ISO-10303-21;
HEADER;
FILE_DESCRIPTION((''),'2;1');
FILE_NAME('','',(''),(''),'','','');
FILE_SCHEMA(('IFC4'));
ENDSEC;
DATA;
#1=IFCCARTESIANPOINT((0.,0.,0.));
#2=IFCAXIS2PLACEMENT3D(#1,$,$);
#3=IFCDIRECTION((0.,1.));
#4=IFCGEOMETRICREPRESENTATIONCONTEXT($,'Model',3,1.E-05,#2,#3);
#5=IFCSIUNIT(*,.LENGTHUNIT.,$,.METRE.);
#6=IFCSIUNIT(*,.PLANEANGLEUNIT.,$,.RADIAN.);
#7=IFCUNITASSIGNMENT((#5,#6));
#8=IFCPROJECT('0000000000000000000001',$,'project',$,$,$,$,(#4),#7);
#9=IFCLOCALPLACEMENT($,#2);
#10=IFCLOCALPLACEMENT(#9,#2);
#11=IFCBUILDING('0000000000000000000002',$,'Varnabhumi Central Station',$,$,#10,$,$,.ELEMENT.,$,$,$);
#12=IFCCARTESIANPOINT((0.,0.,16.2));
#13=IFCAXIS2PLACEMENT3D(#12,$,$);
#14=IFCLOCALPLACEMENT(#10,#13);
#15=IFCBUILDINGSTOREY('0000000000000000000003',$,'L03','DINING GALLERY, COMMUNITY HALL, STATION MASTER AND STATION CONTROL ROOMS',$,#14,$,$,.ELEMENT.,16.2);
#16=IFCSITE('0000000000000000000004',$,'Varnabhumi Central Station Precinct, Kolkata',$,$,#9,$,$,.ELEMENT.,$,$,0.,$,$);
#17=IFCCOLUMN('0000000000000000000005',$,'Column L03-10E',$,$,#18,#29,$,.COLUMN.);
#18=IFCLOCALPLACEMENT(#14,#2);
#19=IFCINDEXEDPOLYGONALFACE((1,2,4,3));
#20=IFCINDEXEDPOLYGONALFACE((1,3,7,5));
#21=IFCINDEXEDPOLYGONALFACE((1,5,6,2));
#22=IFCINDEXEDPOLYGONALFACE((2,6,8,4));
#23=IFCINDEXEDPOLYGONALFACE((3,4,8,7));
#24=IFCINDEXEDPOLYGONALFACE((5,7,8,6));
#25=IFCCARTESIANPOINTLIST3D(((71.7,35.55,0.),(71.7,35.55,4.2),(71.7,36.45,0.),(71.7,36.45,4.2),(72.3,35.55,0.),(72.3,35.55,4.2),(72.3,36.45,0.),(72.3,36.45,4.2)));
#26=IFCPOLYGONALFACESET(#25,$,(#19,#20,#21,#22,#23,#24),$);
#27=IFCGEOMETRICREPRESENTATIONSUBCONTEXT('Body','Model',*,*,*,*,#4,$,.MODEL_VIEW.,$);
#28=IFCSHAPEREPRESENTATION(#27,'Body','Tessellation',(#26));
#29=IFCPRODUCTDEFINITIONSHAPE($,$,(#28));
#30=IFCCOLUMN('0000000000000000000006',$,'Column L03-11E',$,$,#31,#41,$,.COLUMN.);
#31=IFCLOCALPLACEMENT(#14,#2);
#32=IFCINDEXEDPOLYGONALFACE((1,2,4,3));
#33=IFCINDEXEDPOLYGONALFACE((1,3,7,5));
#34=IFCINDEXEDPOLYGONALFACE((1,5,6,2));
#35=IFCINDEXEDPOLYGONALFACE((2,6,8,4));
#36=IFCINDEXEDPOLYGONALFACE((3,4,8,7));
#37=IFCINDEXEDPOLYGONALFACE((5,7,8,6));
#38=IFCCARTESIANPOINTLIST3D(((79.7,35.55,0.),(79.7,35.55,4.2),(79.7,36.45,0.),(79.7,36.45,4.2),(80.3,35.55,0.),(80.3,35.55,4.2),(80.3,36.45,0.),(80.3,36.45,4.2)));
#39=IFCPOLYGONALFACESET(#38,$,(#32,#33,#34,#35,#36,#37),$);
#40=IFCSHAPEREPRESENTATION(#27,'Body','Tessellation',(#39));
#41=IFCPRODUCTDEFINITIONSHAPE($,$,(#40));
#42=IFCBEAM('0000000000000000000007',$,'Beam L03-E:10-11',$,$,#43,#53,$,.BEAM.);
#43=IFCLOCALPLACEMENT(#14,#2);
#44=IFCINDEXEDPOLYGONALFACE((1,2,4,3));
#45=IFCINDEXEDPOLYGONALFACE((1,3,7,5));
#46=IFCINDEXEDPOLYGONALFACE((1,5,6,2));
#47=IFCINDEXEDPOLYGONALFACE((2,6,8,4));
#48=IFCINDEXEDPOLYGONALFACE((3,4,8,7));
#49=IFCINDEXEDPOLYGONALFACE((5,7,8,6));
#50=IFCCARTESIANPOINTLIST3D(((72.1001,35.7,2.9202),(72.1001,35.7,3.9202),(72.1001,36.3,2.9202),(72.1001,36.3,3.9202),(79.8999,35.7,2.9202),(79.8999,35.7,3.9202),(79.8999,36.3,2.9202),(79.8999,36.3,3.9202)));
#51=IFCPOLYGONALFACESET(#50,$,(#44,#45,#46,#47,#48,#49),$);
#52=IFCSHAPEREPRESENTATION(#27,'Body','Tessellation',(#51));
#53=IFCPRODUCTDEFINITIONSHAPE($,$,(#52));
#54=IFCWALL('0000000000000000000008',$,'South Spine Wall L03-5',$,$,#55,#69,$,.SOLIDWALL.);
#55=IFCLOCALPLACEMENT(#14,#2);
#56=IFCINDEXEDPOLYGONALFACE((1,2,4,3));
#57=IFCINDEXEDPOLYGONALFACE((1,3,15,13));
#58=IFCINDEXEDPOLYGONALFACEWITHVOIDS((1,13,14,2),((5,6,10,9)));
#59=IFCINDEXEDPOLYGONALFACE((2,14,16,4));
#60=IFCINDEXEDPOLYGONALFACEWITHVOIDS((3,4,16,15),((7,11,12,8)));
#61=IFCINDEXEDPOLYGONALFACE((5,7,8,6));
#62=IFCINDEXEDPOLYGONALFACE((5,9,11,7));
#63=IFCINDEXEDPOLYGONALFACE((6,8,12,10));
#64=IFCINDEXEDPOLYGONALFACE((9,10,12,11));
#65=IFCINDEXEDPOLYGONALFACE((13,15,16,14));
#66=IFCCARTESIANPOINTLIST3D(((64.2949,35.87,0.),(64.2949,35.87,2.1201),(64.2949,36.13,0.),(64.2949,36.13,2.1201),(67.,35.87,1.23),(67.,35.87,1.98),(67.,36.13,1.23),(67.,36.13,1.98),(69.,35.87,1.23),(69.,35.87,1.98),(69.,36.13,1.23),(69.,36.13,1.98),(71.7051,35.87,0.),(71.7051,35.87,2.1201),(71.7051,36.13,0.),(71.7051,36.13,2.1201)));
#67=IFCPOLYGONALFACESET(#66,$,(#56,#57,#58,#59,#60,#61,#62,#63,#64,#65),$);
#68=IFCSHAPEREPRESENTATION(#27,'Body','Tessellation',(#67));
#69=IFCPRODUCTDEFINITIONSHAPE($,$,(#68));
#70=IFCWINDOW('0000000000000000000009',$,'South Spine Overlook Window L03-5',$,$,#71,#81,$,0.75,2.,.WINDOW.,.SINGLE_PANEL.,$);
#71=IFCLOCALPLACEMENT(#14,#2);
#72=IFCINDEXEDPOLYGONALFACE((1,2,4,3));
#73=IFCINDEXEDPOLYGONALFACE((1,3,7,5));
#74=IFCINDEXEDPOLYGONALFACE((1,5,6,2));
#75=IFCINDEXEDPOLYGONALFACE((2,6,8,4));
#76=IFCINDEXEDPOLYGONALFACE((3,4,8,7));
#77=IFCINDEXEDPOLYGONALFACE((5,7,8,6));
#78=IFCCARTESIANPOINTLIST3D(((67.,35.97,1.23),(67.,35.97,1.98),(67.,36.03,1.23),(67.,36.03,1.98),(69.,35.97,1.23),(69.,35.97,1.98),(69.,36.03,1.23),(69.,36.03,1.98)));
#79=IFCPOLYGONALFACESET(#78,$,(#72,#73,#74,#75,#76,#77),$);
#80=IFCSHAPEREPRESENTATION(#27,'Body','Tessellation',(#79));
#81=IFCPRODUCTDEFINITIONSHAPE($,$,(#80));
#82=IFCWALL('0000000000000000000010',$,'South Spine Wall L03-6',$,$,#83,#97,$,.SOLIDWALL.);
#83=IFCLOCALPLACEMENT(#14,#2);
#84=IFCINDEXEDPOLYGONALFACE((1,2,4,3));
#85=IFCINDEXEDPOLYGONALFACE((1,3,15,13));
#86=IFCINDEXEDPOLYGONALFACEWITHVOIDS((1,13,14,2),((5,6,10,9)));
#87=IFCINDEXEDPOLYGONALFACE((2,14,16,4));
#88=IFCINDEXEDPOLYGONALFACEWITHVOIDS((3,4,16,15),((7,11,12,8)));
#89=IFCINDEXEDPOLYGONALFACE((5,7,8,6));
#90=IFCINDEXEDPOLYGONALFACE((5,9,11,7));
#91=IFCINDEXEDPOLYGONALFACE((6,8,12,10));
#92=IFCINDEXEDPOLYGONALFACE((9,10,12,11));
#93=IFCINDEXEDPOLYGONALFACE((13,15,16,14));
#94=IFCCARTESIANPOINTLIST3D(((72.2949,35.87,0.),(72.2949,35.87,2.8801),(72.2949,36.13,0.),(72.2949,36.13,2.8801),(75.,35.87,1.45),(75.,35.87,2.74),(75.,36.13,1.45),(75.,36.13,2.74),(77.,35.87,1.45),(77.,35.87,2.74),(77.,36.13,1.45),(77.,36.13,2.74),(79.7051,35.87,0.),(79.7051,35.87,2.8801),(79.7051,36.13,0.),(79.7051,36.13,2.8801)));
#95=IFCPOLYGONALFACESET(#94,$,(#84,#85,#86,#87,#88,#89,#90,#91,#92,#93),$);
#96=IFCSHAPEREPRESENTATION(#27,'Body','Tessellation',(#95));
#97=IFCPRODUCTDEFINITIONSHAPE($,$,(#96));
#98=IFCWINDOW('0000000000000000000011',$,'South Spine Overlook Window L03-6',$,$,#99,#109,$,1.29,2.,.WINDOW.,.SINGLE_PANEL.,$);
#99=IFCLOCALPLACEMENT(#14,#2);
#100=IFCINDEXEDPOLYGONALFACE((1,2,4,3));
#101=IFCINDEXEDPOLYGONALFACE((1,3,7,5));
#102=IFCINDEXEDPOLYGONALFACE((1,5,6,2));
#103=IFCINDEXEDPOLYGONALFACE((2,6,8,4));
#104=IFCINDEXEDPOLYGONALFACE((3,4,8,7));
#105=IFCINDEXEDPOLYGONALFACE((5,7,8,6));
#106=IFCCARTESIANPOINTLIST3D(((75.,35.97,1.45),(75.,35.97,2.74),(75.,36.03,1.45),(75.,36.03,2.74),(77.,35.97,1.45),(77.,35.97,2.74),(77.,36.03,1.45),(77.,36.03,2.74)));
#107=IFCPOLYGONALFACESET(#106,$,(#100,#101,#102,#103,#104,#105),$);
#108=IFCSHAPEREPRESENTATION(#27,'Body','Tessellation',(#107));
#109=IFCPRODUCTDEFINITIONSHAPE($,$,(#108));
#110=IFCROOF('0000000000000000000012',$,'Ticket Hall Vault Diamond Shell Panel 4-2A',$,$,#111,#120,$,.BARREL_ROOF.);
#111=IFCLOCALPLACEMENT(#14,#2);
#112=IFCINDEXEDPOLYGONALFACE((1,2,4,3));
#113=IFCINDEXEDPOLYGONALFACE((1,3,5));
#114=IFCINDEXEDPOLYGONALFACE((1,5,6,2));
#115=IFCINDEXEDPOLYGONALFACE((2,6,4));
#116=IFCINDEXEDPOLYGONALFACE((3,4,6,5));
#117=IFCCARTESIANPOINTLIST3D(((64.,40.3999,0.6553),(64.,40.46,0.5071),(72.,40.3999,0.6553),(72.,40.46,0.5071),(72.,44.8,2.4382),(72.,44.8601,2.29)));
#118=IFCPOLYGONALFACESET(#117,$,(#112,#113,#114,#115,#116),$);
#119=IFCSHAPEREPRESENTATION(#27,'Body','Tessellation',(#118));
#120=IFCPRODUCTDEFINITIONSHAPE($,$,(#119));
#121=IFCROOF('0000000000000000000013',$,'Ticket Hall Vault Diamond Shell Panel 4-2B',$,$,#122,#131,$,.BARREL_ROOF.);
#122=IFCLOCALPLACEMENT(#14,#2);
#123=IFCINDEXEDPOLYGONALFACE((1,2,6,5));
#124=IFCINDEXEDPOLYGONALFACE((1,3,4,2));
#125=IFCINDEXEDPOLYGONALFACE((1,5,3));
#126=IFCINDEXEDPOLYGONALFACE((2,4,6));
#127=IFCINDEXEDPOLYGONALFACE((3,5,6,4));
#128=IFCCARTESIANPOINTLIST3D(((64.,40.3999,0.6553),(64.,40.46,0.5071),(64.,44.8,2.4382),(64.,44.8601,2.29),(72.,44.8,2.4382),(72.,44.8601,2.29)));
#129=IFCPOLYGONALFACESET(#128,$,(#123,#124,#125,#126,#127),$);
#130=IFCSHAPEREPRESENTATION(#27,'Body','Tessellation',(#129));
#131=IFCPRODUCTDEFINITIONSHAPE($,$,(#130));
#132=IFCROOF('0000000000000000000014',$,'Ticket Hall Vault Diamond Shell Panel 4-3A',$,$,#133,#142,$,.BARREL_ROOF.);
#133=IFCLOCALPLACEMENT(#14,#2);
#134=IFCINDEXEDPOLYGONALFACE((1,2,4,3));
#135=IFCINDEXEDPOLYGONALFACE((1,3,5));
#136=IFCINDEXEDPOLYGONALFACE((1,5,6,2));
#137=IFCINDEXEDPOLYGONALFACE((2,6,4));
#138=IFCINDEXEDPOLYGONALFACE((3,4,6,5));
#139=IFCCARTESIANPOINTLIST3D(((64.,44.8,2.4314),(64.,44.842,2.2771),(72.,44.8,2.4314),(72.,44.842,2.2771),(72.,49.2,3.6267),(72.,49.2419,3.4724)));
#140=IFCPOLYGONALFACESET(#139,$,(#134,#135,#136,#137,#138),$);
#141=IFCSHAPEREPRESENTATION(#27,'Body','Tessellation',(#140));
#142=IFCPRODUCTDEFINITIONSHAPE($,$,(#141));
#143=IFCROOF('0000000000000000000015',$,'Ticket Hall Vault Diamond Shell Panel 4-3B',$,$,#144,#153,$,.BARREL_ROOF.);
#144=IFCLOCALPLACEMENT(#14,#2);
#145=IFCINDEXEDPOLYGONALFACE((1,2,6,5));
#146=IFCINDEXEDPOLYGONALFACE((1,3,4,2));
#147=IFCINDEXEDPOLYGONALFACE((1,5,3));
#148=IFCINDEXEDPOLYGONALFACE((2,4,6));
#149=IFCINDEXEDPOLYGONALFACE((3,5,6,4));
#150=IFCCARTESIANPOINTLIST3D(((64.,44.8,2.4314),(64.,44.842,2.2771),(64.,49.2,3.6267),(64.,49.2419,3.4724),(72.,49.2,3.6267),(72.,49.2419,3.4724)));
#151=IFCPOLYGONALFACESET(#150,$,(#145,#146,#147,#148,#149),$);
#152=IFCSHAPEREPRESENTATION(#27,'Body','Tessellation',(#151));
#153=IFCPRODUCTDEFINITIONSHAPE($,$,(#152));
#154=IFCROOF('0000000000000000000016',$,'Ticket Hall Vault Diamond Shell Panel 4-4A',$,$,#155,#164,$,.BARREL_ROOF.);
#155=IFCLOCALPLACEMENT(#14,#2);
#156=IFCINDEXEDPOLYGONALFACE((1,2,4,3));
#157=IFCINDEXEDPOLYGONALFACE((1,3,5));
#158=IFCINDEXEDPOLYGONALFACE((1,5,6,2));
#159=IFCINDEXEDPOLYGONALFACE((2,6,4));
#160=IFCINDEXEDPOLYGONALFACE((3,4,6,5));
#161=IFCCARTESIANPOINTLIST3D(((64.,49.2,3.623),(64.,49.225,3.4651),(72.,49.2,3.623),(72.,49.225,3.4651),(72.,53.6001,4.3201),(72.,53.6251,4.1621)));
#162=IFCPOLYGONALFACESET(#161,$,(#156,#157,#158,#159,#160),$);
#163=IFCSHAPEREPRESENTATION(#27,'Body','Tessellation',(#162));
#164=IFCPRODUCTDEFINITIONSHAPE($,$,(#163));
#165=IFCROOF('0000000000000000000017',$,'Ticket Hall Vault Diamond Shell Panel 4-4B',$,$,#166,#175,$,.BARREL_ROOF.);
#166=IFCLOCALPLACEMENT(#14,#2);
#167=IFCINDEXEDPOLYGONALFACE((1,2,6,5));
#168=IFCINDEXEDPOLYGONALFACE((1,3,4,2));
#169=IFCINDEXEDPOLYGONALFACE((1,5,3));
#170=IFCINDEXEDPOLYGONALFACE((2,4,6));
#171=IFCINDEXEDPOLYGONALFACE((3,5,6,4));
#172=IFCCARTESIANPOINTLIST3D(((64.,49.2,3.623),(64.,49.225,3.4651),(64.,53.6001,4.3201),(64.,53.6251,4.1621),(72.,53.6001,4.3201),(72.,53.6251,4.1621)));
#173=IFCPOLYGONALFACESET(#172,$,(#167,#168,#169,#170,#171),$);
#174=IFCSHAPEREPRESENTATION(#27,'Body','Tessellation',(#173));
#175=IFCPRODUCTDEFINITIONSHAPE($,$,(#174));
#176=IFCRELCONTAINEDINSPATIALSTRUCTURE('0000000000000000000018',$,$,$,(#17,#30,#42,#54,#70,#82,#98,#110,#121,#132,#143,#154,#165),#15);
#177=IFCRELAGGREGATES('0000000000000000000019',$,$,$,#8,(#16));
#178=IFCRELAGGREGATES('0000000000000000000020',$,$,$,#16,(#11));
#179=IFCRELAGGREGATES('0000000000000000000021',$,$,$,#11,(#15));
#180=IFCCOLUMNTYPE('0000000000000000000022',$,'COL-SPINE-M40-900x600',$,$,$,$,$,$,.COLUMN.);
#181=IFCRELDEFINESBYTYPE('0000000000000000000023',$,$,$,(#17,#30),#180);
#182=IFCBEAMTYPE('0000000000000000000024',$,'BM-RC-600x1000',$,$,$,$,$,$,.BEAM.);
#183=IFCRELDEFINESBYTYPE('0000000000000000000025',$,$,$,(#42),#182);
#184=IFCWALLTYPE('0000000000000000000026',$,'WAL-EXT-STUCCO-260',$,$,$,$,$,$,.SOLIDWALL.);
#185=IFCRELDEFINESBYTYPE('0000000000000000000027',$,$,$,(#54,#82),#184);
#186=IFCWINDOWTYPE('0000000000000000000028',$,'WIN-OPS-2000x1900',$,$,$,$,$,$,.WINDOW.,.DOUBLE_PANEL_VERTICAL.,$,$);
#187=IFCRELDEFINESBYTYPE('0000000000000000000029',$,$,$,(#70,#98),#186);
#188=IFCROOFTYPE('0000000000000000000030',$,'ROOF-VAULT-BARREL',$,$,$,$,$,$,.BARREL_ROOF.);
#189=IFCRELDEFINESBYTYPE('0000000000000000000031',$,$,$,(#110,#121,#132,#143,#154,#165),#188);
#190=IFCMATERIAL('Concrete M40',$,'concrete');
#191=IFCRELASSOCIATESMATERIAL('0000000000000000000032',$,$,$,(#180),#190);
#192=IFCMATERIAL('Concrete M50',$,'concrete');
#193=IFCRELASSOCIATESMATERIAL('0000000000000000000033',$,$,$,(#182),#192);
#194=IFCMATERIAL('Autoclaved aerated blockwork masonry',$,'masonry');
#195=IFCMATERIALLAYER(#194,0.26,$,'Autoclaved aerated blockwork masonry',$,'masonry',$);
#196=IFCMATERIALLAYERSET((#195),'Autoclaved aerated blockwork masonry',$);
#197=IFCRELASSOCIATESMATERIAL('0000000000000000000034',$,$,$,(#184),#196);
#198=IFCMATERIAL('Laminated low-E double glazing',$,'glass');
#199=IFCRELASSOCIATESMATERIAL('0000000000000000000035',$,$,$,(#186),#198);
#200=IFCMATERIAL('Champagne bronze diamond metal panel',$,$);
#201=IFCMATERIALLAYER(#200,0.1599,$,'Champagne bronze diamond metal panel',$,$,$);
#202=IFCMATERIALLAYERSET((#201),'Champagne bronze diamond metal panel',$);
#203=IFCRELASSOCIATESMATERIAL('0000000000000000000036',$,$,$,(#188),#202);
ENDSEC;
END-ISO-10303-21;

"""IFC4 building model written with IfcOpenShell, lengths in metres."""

from ifc_helpers import new_model, si_unit, direction, frame, frame_2d, origin, origin_2d, place, context, subcontext, project, spatial, polyline, rectangle, outline, extrude, material, layer, layer_set, material_profile, profile_set, type_object, element, fill, save


model = new_model("IFC4")

# Units and contexts
model_context = context("Model", 3, precision=1e-05, world=origin(), true_north=direction((0.0, 1.0)))
body_context = subcontext(model_context, "Body", "Model", "MODEL_VIEW")
ifc_project = project(units=[si_unit("LENGTHUNIT", "METRE"), si_unit("PLANEANGLEUNIT", "RADIAN")], contexts=[model_context])

# Site, building, storey
site_placement = place(None, origin())
site = spatial("IfcSite", under=ifc_project, at=site_placement, Name="Varnabhumi Central Station Precinct, Kolkata", CompositionType="ELEMENT", RefElevation=0.0)
building_placement = place(site_placement, origin())
building = spatial("IfcBuilding", under=site, at=building_placement, Name="Varnabhumi Central Station", CompositionType="ELEMENT")
storey_placement = place(building_placement, frame((0.0, 0.0, 16.2)))
storey = spatial("IfcBuildingStorey", under=building, at=storey_placement, Name="L03", Description="DINING GALLERY, COMMUNITY HALL, STATION MASTER AND STATION CONTROL ROOMS", CompositionType="ELEMENT", Elevation=16.2)

# Columns
ifc_material_1 = material(Name="Concrete M40", Category="concrete")
ifc_material_profile_1 = material_profile(ifc_material_1, rectangle(XDim=0.6001, YDim=0.8999, at=origin_2d()), Name="Concrete M40", Category="concrete")
ifc_profile_set_1 = profile_set([ifc_material_profile_1], Name="Concrete M40")
column_type = type_object("IfcColumnType", Name="COL-SPINE-M40-900x600", PredefinedType="COLUMN", material=ifc_profile_set_1)
for number, where, z_axis, x_axis, name in (
    (1, (72.0, 36.0, 0.0), (0.0, 0.0, 1.0), (1.0, 0.0, 0.0), "Column L03-10E"),
    (2, (80.0, 36.0, 0.0), (0.0, 0.0, 1.0), (1.0, 0.0, 0.0), "Column L03-11E"),
):
    element("IfcColumn", number, at=place(storey_placement, frame(where, z_axis=z_axis, x_axis=x_axis)), inside=storey, type_object=column_type, Name=name, PredefinedType="COLUMN", context=body_context, shape_type="SweptSolid", body=[
        extrude(rectangle(XDim=0.6001, YDim=0.8999, at=origin_2d()), origin(), (0.0, 0.0, 1.0), 4.2),
    ])

# Beam
ifc_material_2 = material(Name="Concrete M50", Category="concrete")
ifc_material_profile_2 = material_profile(ifc_material_2, rectangle(XDim=0.6001, YDim=1.0, at=origin_2d()), Name="Concrete M50", Category="concrete")
ifc_profile_set_2 = profile_set([ifc_material_profile_2], Name="Concrete M50")
beam_type = type_object("IfcBeamType", Name="BM-RC-600x1000", PredefinedType="BEAM", material=ifc_profile_set_2)
beam_placement = place(storey_placement, frame((72.1001, 36.0, 3.4202), z_axis=(1.0, 0.0, 0.0), x_axis=(0.0, 1.0, 0.0)))
element("IfcBeam", 3, at=beam_placement, inside=storey, type_object=beam_type, Name="Beam L03-E:10-11", PredefinedType="BEAM", context=body_context, shape_type="SweptSolid", body=[
    extrude(rectangle(XDim=0.6001, YDim=1.0, at=origin_2d()), origin(), (0.0, 0.0, 1.0), 7.7998),
])

# Walls, openings, windows
ifc_material_3 = material(Name="Autoclaved aerated blockwork masonry", Category="masonry")
ifc_layer_1 = layer(ifc_material_3, 0.26, Name="Autoclaved aerated blockwork masonry", Category="masonry")
ifc_layer_set_1 = layer_set([ifc_layer_1], Name="Autoclaved aerated blockwork masonry")
wall_type = type_object("IfcWallType", Name="WAL-EXT-STUCCO-260", PredefinedType="SOLIDWALL", material=ifc_layer_set_1)
wall_1_placement = place(storey_placement, frame((64.2949, 36.0, 0.0), z_axis=(0.0, 0.0, 1.0), x_axis=(1.0, 0.0, 0.0)))
wall_1 = element("IfcWall", 4, at=wall_1_placement, inside=storey, type_object=wall_type, Name="South Spine Wall L03-5", PredefinedType="SOLIDWALL", context=body_context, shape_type="SweptSolid", body=[
    extrude(rectangle(XDim=7.4102, YDim=0.26, at=frame_2d((3.7051, 0.0))), origin(), (0.0, 0.0, 1.0), 2.1201),
])
opening_1_placement = place(wall_1_placement, frame((2.7051, 0.0, 1.23)))
opening_1 = element("IfcOpeningElement", 5, at=opening_1_placement, cuts=wall_1, PredefinedType="OPENING", context=body_context, shape_type="SweptSolid", body=[
    extrude(rectangle(XDim=2.0, YDim=0.75, at=frame_2d((1.0, 0.375))), frame((0.0, 0.1399, 0.0), z_axis=(0.0, -1.0, 0.0), x_axis=(1.0, 0.0, 0.0)), (0.0, 0.0, 1.0), 0.28),
])
ifc_material_4 = material(Name="Laminated low-E double glazing", Category="glass")
window_type = type_object("IfcWindowType", Name="WIN-OPS-2000x1900", PartitioningType="DOUBLE_PANEL_VERTICAL", PredefinedType="WINDOW", material=ifc_material_4)
window_1_placement = place(opening_1_placement, origin())
window_1 = element("IfcWindow", 6, at=window_1_placement, inside=storey, type_object=window_type, Name="South Spine Overlook Window L03-5", OverallHeight=0.75, OverallWidth=2.0, PartitioningType="SINGLE_PANEL", PredefinedType="WINDOW", context=body_context, shape_type="SweptSolid", body=[
    extrude(rectangle(XDim=2.0, YDim=0.75, at=frame_2d((1.0, 0.375))), frame((0.0, 0.03, 0.0), z_axis=(0.0, -1.0, 0.0), x_axis=(1.0, 0.0, 0.0)), (0.0, 0.0, 1.0), 0.0601),
])
fill(opening_1, window_1)
wall_2_placement = place(storey_placement, frame((72.2949, 36.0, 0.0), z_axis=(0.0, 0.0, 1.0), x_axis=(1.0, 0.0, 0.0)))
wall_2 = element("IfcWall", 7, at=wall_2_placement, inside=storey, type_object=wall_type, Name="South Spine Wall L03-6", PredefinedType="SOLIDWALL", context=body_context, shape_type="SweptSolid", body=[
    extrude(rectangle(XDim=7.4102, YDim=0.26, at=frame_2d((3.7051, 0.0))), origin(), (0.0, 0.0, 1.0), 2.8801),
])
opening_2_placement = place(wall_2_placement, frame((2.7051, 0.0, 1.45)))
opening_2 = element("IfcOpeningElement", 8, at=opening_2_placement, cuts=wall_2, PredefinedType="OPENING", context=body_context, shape_type="SweptSolid", body=[
    extrude(rectangle(XDim=2.0, YDim=1.29, at=frame_2d((1.0, 0.645))), frame((0.0, 0.1399, 0.0), z_axis=(0.0, -1.0, 0.0), x_axis=(1.0, 0.0, 0.0)), (0.0, 0.0, 1.0), 0.28),
])
window_2_placement = place(opening_2_placement, origin())
window_2 = element("IfcWindow", 9, at=window_2_placement, inside=storey, type_object=window_type, Name="South Spine Overlook Window L03-6", OverallHeight=1.29, OverallWidth=2.0, PartitioningType="SINGLE_PANEL", PredefinedType="WINDOW", context=body_context, shape_type="SweptSolid", body=[
    extrude(rectangle(XDim=2.0, YDim=1.29, at=frame_2d((1.0, 0.645))), frame((0.0, 0.03, 0.0), z_axis=(0.0, -1.0, 0.0), x_axis=(1.0, 0.0, 0.0)), (0.0, 0.0, 1.0), 0.0601),
])
fill(opening_2, window_2)

# Roofs
ifc_material_5 = material(Name="Champagne bronze diamond metal panel")
ifc_layer_2 = layer(ifc_material_5, 0.1599, Name="Champagne bronze diamond metal panel")
ifc_layer_set_2 = layer_set([ifc_layer_2], Name="Champagne bronze diamond metal panel")
roof_type = type_object("IfcRoofType", Name="ROOF-VAULT-BARREL", PredefinedType="BARREL_ROOF", material=ifc_layer_set_2)
roof_1_placement = place(storey_placement, frame((64.0, 40.3999, 0.6553), z_axis=(0.0, -0.375545, 0.926804), x_axis=(1.0, 0.0, 0.0)))
element("IfcRoof", 10, at=roof_1_placement, inside=storey, type_object=roof_type, Name="Ticket Hall Vault Diamond Shell Panel 4-2A", PredefinedType="BARREL_ROOF", context=body_context, shape_type="SweptSolid", body=[
    extrude(outline(polyline([(0.0, 0.0), (8.0, 0.0), (8.0, 4.7477), (0.0, 0.0)])), origin(), (0.0, 0.0, -1.0), 0.1599),
])
roof_2_placement = place(storey_placement, frame((64.0, 40.3999, 0.6553), z_axis=(0.0, -0.375545, 0.926804), x_axis=(0.859965, 0.472997, 0.19166)))
element("IfcRoof", 11, at=roof_2_placement, inside=storey, type_object=roof_type, Name="Ticket Hall Vault Diamond Shell Panel 4-2B", PredefinedType="BARREL_ROOF", context=body_context, shape_type="SweptSolid", body=[
    extrude(outline(polyline([(0.0, 0.0), (9.3027, 0.0), (2.423, 4.0828), (0.0, 0.0)])), origin(), (0.0, 0.0, -1.0), 0.1599),
])
roof_3_placement = place(storey_placement, frame((64.0, 44.8, 2.4314), z_axis=(0.0, -0.262166, 0.965023), x_axis=(1.0, 0.0, 0.0)))
element("IfcRoof", 12, at=roof_3_placement, inside=storey, type_object=roof_type, Name="Ticket Hall Vault Diamond Shell Panel 4-3A", PredefinedType="BARREL_ROOF", context=body_context, shape_type="SweptSolid", body=[
    extrude(outline(polyline([(0.0, 0.0), (8.0, 0.0), (8.0, 4.5594), (0.0, 0.0)])), origin(), (0.0, 0.0, -1.0), 0.1599),
])
roof_4_placement = place(storey_placement, frame((64.0, 44.8, 2.4314), z_axis=(0.0, -0.262166, 0.965023), x_axis=(0.868806, 0.477833, 0.129812)))
element("IfcRoof", 13, at=roof_4_placement, inside=storey, type_object=roof_type, Name="Ticket Hall Vault Diamond Shell Panel 4-3B", PredefinedType="BARREL_ROOF", context=body_context, shape_type="SweptSolid", body=[
    extrude(outline(polyline([(0.0, 0.0), (9.208, 0.0), (2.2576, 3.9612), (0.0, 0.0)])), origin(), (0.0, 0.0, -1.0), 0.1599),
])
roof_5_placement = place(storey_placement, frame((64.0, 49.2, 3.623), z_axis=(0.0, -0.156458, 0.987685), x_axis=(1.0, 0.0, 0.0)))
element("IfcRoof", 14, at=roof_5_placement, inside=storey, type_object=roof_type, Name="Ticket Hall Vault Diamond Shell Panel 4-4A", PredefinedType="BARREL_ROOF", context=body_context, shape_type="SweptSolid", body=[
    extrude(outline(polyline([(0.0, 0.0), (8.0, 0.0), (8.0, 4.455), (0.0, 0.0)])), origin(), (0.0, 0.0, -1.0), 0.1599),
])
roof_6_placement = place(storey_placement, frame((64.0, 49.2, 3.623), z_axis=(0.0, -0.156458, 0.987685), x_axis=(0.873667, 0.480533, 0.076121)))
element("IfcRoof", 15, at=roof_6_placement, inside=storey, type_object=roof_type, Name="Ticket Hall Vault Diamond Shell Panel 4-4B", PredefinedType="BARREL_ROOF", context=body_context, shape_type="SweptSolid", body=[
    extrude(outline(polyline([(0.0, 0.0), (9.1568, 0.0), (2.1675, 3.8922), (0.0, 0.0)])), origin(), (0.0, 0.0, -1.0), 0.1599),
])

save(model, "model.ifc")
